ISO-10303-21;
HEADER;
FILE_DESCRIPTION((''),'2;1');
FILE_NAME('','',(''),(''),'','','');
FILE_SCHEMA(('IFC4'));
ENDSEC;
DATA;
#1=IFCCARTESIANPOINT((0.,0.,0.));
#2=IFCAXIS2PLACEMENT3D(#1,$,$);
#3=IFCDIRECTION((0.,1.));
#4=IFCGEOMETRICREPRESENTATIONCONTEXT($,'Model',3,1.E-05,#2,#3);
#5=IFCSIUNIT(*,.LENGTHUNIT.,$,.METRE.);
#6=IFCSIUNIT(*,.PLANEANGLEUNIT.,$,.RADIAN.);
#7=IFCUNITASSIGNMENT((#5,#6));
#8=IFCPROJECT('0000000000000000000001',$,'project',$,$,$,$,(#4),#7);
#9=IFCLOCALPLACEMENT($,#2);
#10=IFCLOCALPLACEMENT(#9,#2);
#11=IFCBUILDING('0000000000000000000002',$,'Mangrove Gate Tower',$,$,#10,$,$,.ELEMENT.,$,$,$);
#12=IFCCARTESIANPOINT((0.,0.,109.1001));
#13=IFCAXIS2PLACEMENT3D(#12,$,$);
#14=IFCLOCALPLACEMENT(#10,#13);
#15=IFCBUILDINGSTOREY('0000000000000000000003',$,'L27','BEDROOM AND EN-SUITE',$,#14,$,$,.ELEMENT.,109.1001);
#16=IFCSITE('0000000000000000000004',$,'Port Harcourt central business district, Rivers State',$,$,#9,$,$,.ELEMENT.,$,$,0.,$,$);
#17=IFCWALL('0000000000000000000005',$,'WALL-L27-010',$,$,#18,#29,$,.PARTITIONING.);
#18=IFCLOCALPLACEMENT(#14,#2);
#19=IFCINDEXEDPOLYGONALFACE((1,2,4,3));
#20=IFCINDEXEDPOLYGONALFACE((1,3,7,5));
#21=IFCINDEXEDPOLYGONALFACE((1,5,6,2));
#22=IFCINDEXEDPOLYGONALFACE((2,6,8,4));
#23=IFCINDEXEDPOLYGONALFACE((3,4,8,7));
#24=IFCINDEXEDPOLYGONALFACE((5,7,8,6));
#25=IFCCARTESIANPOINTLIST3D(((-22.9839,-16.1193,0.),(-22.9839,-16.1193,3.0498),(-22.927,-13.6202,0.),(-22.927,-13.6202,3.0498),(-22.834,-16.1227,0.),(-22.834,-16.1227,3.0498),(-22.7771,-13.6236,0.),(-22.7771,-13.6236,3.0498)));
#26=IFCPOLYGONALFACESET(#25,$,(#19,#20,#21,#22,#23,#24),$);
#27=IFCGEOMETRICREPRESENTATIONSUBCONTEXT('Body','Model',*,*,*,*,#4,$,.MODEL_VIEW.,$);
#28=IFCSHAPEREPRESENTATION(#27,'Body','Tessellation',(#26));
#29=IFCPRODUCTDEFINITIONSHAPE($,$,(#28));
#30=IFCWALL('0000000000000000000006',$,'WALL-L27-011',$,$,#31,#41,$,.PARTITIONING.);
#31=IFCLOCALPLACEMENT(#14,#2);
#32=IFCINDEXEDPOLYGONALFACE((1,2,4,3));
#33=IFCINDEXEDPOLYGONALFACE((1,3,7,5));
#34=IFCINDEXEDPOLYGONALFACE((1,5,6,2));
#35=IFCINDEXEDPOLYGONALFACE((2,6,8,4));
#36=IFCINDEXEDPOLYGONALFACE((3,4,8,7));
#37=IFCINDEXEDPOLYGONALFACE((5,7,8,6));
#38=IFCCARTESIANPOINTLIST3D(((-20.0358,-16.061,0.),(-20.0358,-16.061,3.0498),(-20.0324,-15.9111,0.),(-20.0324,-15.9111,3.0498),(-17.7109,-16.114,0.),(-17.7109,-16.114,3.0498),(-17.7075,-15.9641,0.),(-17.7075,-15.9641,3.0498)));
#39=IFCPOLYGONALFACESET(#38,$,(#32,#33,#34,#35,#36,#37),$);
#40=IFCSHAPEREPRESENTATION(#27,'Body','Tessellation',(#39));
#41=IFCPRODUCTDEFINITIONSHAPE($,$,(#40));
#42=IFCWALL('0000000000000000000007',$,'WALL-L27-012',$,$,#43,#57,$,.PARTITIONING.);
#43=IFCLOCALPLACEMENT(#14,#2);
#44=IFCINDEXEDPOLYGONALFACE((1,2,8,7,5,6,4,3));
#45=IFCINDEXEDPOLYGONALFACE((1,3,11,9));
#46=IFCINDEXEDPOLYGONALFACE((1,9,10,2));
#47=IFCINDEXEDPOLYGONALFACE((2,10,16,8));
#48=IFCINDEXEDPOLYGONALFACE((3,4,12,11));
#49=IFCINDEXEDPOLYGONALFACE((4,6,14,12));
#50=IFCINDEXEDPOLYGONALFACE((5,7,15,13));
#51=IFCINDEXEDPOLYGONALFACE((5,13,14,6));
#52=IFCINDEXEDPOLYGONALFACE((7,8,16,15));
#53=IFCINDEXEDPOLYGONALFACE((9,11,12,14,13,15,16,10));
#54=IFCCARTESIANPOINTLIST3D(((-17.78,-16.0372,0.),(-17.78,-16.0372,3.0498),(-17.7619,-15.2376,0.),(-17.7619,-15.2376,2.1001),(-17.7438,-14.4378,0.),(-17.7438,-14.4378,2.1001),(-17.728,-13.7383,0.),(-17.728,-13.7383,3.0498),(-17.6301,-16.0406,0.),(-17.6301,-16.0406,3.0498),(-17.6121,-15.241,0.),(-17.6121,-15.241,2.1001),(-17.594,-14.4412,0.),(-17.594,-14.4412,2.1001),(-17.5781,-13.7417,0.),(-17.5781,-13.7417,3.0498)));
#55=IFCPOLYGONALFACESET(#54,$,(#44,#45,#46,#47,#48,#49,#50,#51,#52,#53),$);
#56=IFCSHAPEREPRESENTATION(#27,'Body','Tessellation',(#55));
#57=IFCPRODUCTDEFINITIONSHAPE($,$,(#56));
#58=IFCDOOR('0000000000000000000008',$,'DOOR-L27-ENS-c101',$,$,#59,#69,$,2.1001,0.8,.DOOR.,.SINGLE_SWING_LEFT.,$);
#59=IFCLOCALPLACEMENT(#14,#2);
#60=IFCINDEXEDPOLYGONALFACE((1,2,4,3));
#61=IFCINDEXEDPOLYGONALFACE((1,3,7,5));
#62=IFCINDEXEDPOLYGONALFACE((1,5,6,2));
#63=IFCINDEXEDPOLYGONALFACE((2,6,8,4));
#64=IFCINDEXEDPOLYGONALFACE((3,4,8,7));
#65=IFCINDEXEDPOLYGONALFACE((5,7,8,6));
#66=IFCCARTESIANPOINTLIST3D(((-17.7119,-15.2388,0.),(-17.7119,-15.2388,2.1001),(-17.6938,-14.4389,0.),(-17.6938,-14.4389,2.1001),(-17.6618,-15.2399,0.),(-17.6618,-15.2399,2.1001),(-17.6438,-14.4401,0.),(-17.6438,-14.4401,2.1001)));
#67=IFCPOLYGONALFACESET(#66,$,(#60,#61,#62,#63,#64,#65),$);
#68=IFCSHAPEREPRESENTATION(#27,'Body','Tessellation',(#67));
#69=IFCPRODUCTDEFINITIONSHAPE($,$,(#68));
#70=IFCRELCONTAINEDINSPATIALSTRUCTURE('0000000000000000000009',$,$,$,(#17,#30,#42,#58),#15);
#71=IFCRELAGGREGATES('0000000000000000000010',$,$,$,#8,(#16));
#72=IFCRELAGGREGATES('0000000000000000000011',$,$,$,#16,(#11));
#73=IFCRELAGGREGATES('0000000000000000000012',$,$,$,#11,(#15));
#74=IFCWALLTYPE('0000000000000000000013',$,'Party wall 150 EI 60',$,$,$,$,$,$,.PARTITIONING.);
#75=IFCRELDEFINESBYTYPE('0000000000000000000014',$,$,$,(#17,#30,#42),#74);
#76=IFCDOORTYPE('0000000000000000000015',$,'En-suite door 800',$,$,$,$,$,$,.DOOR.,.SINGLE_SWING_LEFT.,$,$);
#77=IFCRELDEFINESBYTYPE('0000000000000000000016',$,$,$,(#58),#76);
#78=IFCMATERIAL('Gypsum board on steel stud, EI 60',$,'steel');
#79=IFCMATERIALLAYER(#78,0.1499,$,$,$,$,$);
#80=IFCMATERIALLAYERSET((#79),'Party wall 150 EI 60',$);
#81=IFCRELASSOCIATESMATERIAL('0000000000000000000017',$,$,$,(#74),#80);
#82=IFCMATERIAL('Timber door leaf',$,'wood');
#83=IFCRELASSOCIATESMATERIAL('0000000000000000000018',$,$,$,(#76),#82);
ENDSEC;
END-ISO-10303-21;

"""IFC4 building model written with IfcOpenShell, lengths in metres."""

from ifc_helpers import new_model, si_unit, direction, frame, frame_2d, origin, place, context, subcontext, project, spatial, rectangle, extrude, material, layer, layer_set, type_object, element, fill, save


model = new_model("IFC4")

# Units and contexts
model_context = context("Model", 3, precision=1e-05, world=origin(), true_north=direction((0.0, 1.0)))
body_context = subcontext(model_context, "Body", "Model", "MODEL_VIEW")
ifc_project = project(units=[si_unit("LENGTHUNIT", "METRE"), si_unit("PLANEANGLEUNIT", "RADIAN")], contexts=[model_context])

# Site, building, storey
site_placement = place(None, origin())
site = spatial("IfcSite", under=ifc_project, at=site_placement, Name="Port Harcourt central business district, Rivers State", CompositionType="ELEMENT", RefElevation=0.0)
building_placement = place(site_placement, origin())
building = spatial("IfcBuilding", under=site, at=building_placement, Name="Mangrove Gate Tower", CompositionType="ELEMENT")
storey_placement = place(building_placement, frame((0.0, 0.0, 109.1001)))
storey = spatial("IfcBuildingStorey", under=building, at=storey_placement, Name="L27", Description="BEDROOM AND EN-SUITE", CompositionType="ELEMENT", Elevation=109.1001)

# Walls
ifc_material_1 = material(Name="Gypsum board on steel stud, EI 60", Category="steel")
ifc_layer_1 = layer(ifc_material_1, 0.1499)
ifc_layer_set_1 = layer_set([ifc_layer_1], Name="Party wall 150 EI 60")
wall_type_1 = type_object("IfcWallType", Name="Party wall 150 EI 60", PredefinedType="PARTITIONING", material=ifc_layer_set_1)
wall_1_placement = place(storey_placement, frame((-22.9089, -16.1211, 0.0), z_axis=(0.0, 0.0, 1.0), x_axis=(0.022757, 0.999741, 0.0)))
element("IfcWall", 1, at=wall_1_placement, inside=storey, type_object=wall_type_1, Name="WALL-L27-010", PredefinedType="PARTITIONING", context=body_context, shape_type="SweptSolid", body=[
    extrude(rectangle(XDim=2.4998, YDim=0.1499, at=frame_2d((1.25, 0.0))), origin(), (0.0, 0.0, 1.0), 3.0498),
])
wall_2_placement = place(storey_placement, frame((-20.0339, -15.9861, 0.0), z_axis=(0.0, 0.0, 1.0), x_axis=(0.99974, -0.022781, 0.0)))
element("IfcWall", 2, at=wall_2_placement, inside=storey, type_object=wall_type_1, Name="WALL-L27-011", PredefinedType="PARTITIONING", context=body_context, shape_type="SweptSolid", body=[
    extrude(rectangle(XDim=2.3254, YDim=0.1499, at=frame_2d((1.1626, 0.0))), origin(), (0.0, 0.0, 1.0), 3.0498),
])

# Wall, opening, door
wall_3_placement = place(storey_placement, frame((-17.7051, -16.0391, 0.0), z_axis=(0.0, 0.0, 1.0), x_axis=(0.022613, 0.999744, 0.0)))
wall_3 = element("IfcWall", 3, at=wall_3_placement, inside=storey, type_object=wall_type_1, Name="WALL-L27-012", PredefinedType="PARTITIONING", context=body_context, shape_type="SweptSolid", body=[
    extrude(rectangle(XDim=2.2996, YDim=0.1499, at=frame_2d((1.1499, 0.0))), origin(), (0.0, 0.0, 1.0), 3.0498),
])
opening_1_placement = place(wall_3_placement, frame((0.8, 0.0, 0.0)))
opening_1 = element("IfcOpeningElement", 4, at=opening_1_placement, cuts=wall_3, PredefinedType="OPENING", context=body_context, shape_type="SweptSolid", body=[
    extrude(rectangle(XDim=0.8, YDim=2.1001, at=frame_2d((0.3999, 1.05))), frame((0.0, 0.085, 0.0), z_axis=(0.0, -1.0, 0.0), x_axis=(1.0, 0.0, 0.0)), (0.0, 0.0, 1.0), 0.1699),
])
ifc_material_2 = material(Name="Timber door leaf", Category="wood")
door_type_1 = type_object("IfcDoorType", Name="En-suite door 800", OperationType="SINGLE_SWING_LEFT", PredefinedType="DOOR", material=ifc_material_2)
door_1_placement = place(opening_1_placement, origin())
door_1 = element("IfcDoor", 5, at=door_1_placement, inside=storey, type_object=door_type_1, Name="DOOR-L27-ENS-c101", OperationType="SINGLE_SWING_LEFT", OverallHeight=2.1001, OverallWidth=0.8, PredefinedType="DOOR", context=body_context, shape_type="SweptSolid", body=[
    extrude(rectangle(XDim=0.8, YDim=2.1001, at=frame_2d((0.3999, 1.05))), frame((0.0, 0.0249, 0.0), z_axis=(0.0, -1.0, 0.0), x_axis=(1.0, 0.0, 0.0)), (0.0, 0.0, 1.0), 0.05),
])
fill(opening_1, door_1)

save(model, "model.ifc")
